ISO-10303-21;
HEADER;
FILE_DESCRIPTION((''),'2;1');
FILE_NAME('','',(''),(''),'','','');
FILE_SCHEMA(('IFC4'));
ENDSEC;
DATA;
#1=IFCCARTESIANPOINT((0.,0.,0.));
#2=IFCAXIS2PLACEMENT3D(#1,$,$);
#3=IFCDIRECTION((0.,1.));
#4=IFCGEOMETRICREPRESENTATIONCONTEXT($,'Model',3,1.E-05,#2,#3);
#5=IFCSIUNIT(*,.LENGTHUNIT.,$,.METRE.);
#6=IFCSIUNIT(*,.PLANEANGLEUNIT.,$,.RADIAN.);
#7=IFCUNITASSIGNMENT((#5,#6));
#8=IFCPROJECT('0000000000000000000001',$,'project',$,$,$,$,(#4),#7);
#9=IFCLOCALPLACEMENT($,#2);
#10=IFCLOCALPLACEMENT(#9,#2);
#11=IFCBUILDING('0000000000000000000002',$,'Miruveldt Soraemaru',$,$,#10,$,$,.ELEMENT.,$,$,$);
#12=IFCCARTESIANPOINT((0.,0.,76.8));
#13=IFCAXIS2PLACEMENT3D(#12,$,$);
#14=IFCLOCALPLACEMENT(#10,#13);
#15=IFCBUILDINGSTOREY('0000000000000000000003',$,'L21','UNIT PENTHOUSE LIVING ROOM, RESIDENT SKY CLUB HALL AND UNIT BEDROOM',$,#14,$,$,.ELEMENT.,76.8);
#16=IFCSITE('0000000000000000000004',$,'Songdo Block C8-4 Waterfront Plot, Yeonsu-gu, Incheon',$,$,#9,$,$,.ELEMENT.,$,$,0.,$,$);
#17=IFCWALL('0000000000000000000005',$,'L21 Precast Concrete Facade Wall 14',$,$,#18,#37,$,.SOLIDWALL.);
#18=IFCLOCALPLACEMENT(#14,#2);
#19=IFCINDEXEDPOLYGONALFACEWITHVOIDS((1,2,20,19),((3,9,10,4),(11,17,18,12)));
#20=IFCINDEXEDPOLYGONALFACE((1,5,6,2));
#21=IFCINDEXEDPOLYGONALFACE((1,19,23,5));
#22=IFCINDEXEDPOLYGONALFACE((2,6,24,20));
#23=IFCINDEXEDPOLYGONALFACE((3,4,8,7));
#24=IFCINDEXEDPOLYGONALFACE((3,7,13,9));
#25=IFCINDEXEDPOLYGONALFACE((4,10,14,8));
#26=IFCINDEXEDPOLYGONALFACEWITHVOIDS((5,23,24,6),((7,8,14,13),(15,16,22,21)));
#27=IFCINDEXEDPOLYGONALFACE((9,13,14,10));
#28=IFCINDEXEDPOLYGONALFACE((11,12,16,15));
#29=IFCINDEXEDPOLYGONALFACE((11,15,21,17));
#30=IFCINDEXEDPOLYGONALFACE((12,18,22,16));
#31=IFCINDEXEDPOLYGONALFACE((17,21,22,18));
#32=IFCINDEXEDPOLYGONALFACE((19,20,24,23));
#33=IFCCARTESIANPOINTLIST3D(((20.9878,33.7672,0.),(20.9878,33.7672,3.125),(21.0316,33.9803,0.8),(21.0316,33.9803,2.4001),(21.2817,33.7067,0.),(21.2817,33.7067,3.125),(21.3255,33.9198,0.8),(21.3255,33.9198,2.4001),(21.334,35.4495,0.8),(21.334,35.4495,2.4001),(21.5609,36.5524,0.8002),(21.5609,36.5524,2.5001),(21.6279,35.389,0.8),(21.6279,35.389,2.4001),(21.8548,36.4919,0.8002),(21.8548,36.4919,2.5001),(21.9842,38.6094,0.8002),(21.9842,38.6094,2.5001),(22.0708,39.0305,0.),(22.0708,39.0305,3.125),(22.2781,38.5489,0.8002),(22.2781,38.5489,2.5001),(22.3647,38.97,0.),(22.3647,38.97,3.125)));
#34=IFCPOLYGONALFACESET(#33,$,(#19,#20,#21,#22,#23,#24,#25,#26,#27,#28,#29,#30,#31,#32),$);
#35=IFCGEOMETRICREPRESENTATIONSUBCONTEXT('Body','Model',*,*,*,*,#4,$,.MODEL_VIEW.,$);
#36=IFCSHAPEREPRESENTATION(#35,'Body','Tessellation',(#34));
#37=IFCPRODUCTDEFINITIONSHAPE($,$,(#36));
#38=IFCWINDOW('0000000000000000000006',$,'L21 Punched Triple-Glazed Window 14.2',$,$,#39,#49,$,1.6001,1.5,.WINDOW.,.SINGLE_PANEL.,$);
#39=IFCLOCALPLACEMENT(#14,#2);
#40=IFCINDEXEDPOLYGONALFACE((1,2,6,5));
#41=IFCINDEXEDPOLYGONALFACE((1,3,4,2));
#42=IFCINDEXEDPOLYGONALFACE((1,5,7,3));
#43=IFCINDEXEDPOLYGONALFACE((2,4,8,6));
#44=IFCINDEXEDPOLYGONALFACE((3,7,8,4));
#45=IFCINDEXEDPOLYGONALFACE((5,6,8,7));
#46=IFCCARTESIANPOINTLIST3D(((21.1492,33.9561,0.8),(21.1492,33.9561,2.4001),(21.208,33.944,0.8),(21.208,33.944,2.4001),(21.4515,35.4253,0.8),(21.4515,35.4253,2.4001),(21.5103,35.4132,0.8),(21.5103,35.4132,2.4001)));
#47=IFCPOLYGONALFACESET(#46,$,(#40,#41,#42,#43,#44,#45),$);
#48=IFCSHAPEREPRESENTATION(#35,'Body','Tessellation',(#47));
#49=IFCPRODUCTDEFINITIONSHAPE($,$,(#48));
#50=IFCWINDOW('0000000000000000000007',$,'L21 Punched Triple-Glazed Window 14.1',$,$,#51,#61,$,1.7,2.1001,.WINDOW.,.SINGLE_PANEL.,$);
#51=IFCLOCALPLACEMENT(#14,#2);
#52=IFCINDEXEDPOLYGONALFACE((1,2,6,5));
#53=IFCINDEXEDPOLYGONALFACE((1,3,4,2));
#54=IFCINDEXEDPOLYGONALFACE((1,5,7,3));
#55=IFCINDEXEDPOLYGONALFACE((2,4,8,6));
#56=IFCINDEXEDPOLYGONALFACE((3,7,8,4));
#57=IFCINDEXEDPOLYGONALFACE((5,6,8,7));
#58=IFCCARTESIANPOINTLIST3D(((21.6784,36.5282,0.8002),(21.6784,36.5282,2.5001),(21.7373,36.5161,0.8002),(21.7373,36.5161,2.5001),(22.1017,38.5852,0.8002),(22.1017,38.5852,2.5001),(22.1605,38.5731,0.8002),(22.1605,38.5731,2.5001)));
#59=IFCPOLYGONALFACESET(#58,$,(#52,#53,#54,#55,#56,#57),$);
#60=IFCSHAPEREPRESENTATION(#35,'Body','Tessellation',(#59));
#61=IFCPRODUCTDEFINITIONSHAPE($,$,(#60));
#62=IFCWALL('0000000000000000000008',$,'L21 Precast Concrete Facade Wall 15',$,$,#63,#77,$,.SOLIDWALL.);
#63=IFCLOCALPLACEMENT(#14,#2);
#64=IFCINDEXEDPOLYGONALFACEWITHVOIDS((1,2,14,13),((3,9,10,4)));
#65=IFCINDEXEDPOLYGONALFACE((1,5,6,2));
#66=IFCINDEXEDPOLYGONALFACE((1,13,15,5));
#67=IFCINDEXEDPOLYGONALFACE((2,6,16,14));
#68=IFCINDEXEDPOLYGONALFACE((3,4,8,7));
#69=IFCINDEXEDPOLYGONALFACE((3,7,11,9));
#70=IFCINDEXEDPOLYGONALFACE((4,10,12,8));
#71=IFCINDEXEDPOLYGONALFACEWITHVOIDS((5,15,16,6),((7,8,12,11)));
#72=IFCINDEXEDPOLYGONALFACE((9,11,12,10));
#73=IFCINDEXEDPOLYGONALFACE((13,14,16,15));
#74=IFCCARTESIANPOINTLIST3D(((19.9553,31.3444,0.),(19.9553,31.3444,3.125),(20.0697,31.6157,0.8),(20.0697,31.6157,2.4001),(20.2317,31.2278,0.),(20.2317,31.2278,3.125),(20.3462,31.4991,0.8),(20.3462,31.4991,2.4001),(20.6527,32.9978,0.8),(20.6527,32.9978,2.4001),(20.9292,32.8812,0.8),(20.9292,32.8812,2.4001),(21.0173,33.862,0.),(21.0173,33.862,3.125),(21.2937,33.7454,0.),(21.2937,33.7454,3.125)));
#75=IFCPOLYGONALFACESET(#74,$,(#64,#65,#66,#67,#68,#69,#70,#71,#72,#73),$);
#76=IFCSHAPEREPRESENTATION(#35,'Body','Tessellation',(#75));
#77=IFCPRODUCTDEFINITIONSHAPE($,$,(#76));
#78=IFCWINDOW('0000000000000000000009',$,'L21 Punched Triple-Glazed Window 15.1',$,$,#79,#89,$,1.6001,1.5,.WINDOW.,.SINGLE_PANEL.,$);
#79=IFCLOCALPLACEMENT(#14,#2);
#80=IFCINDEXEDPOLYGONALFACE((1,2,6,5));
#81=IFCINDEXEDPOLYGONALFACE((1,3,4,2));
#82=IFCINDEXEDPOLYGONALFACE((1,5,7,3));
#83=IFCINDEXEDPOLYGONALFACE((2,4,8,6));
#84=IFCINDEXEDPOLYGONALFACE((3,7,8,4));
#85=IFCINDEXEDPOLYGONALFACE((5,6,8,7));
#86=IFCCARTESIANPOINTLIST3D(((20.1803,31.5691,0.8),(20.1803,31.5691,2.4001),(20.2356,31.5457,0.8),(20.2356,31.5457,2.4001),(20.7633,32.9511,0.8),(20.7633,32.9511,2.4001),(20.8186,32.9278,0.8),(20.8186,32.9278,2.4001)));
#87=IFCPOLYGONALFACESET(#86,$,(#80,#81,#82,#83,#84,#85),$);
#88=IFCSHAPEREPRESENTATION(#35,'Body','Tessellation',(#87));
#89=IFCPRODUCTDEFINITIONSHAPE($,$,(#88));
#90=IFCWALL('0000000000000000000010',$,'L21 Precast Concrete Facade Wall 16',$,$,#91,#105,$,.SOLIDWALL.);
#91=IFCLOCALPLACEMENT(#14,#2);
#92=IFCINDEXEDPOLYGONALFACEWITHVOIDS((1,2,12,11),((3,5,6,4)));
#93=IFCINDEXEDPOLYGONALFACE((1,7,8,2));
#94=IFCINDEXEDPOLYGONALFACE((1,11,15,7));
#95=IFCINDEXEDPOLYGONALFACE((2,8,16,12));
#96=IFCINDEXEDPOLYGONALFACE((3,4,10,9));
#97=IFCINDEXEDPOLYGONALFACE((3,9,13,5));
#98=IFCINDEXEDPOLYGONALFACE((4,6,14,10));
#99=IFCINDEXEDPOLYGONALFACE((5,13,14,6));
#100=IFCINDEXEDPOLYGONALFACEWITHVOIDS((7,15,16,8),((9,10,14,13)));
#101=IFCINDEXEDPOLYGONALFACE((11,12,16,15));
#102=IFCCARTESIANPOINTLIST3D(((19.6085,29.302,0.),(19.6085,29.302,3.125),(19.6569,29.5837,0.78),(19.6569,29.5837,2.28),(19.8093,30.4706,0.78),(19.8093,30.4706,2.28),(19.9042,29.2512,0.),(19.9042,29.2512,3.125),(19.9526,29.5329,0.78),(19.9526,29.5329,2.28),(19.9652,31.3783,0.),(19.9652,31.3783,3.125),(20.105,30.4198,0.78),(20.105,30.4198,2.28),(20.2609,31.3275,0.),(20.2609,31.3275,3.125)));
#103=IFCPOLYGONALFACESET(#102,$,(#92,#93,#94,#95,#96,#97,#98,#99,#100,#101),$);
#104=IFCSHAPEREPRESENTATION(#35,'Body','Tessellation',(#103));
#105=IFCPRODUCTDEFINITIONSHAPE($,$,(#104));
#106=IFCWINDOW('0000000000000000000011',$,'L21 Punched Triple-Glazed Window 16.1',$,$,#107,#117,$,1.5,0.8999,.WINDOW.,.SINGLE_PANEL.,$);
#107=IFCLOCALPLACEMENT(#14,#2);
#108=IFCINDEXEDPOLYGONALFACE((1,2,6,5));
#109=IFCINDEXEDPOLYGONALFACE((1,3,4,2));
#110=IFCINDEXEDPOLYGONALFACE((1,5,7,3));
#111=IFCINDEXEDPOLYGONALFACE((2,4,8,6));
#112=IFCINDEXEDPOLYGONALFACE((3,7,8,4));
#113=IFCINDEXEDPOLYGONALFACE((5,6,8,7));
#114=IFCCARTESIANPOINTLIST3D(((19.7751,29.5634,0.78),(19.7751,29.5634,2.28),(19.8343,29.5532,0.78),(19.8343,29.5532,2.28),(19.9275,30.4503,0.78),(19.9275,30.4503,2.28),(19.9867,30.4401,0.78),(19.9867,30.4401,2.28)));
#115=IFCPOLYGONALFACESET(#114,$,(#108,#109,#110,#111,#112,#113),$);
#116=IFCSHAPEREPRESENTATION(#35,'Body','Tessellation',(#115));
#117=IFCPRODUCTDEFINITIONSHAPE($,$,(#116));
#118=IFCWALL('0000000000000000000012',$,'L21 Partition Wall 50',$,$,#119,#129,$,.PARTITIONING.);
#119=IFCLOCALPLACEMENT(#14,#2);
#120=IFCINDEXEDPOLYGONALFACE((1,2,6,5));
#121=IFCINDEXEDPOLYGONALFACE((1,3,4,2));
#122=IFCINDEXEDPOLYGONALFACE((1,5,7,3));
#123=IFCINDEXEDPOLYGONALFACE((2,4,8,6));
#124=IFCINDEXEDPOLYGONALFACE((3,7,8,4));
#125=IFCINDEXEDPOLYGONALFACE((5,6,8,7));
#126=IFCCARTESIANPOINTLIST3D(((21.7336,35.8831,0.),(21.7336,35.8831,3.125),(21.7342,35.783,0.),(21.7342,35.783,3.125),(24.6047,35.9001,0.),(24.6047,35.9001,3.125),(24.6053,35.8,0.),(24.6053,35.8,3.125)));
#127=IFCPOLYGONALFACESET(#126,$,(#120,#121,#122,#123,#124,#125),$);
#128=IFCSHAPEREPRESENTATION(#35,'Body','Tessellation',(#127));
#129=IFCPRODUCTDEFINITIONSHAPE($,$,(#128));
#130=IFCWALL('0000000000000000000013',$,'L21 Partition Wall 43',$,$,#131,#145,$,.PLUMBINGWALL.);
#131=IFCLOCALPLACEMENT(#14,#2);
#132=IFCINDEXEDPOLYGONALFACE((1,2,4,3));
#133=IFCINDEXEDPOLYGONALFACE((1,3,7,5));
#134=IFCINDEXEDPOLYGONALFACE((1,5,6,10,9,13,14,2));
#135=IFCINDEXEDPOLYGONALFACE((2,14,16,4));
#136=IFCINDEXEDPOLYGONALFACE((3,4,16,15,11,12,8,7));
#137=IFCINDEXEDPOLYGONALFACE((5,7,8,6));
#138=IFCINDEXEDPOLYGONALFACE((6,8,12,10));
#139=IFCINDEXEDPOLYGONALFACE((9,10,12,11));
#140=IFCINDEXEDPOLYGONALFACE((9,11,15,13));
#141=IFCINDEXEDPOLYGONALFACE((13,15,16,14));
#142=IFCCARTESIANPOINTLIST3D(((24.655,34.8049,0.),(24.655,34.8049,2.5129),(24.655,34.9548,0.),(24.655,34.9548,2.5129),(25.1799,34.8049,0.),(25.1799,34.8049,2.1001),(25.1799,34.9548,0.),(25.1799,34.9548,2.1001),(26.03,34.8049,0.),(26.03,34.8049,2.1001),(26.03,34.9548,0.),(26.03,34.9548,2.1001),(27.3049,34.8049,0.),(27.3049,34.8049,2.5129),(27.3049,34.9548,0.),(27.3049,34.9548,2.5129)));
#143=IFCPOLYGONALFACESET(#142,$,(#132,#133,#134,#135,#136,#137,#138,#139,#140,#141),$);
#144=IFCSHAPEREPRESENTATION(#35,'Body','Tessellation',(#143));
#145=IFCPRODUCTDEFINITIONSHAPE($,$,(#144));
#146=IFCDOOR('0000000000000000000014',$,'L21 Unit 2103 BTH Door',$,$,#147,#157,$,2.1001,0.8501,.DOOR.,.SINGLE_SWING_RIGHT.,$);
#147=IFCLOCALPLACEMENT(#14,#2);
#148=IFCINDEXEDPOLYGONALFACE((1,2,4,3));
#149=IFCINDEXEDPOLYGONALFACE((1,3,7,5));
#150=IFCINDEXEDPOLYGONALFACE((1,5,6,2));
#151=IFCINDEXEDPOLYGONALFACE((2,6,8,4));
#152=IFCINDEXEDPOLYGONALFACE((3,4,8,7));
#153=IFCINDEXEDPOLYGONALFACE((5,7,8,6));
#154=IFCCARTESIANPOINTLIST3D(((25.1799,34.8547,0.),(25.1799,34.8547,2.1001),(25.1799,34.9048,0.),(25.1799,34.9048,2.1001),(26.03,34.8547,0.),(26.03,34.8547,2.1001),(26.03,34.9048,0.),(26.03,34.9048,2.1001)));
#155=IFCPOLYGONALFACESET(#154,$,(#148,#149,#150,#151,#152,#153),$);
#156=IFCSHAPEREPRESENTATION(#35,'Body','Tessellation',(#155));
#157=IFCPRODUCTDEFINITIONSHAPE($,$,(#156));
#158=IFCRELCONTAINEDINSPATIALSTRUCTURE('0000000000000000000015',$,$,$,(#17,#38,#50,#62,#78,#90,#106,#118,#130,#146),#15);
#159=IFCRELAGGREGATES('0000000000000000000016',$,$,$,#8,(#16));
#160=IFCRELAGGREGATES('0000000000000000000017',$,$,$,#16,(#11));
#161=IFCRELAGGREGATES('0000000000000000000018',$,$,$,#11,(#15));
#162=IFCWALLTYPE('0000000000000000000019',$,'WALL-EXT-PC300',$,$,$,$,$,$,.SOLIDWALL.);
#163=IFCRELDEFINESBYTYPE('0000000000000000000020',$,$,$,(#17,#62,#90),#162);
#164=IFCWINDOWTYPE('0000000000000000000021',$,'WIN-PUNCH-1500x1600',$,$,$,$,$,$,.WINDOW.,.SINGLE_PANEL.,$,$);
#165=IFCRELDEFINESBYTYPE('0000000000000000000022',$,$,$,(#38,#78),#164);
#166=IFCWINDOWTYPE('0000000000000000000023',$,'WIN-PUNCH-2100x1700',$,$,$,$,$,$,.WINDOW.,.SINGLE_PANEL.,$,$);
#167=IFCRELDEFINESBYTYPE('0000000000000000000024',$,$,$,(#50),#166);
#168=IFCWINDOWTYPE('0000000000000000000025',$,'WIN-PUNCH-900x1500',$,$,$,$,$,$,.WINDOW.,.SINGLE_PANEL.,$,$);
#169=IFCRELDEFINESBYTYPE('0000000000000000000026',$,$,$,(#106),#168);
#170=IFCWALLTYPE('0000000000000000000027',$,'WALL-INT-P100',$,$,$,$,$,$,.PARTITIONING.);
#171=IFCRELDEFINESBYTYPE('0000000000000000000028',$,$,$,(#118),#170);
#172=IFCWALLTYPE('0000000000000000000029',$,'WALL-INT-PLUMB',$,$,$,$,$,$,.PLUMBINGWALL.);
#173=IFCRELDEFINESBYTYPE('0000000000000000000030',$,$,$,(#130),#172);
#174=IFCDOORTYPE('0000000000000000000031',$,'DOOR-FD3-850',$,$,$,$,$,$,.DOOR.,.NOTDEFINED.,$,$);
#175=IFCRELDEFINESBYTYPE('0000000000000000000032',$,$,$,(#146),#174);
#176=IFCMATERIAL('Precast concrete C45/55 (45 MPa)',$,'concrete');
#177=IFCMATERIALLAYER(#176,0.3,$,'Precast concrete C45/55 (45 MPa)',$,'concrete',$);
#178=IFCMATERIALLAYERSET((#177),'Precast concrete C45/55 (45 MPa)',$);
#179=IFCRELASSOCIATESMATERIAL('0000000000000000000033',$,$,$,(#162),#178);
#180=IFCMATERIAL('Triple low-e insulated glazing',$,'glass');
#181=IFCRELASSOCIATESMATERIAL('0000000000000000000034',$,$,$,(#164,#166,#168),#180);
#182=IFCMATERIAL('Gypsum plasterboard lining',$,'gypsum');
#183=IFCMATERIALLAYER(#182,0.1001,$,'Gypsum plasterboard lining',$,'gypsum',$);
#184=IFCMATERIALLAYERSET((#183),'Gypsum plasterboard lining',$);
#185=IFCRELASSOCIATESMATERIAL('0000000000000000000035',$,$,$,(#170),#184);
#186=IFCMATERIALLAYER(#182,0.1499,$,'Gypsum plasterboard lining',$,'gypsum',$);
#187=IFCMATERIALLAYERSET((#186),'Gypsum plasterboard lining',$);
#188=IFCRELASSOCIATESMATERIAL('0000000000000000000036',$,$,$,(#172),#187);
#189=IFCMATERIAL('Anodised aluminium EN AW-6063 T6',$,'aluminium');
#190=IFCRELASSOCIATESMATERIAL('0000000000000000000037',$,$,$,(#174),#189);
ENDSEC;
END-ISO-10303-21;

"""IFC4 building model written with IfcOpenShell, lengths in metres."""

from ifc_helpers import new_model, si_unit, direction, frame, frame_2d, origin, place, context, subcontext, project, spatial, rectangle, extrude, material, layer, layer_set, type_object, element, fill, save


model = new_model("IFC4")

# Units and contexts
model_context = context("Model", 3, precision=1e-05, world=origin(), true_north=direction((0.0, 1.0)))
body_context = subcontext(model_context, "Body", "Model", "MODEL_VIEW")
ifc_project = project(units=[si_unit("LENGTHUNIT", "METRE"), si_unit("PLANEANGLEUNIT", "RADIAN")], contexts=[model_context])

# Site, building, storey
site_placement = place(None, origin())
site = spatial("IfcSite", under=ifc_project, at=site_placement, Name="Songdo Block C8-4 Waterfront Plot, Yeonsu-gu, Incheon", CompositionType="ELEMENT", RefElevation=0.0)
building_placement = place(site_placement, origin())
building = spatial("IfcBuilding", under=site, at=building_placement, Name="Miruveldt Soraemaru", CompositionType="ELEMENT")
storey_placement = place(building_placement, frame((0.0, 0.0, 76.8)))
storey = spatial("IfcBuildingStorey", under=building, at=storey_placement, Name="L21", Description="UNIT PENTHOUSE LIVING ROOM, RESIDENT SKY CLUB HALL AND UNIT BEDROOM", CompositionType="ELEMENT", Elevation=76.8)

# Shared definitions
ifc_material_1 = material(Name="Anodised aluminium EN AW-6063 T6", Category="aluminium")

# Wall, openings, windows
ifc_material_2 = material(Name="Precast concrete C45/55 (45 MPa)", Category="concrete")
ifc_layer_1 = layer(ifc_material_2, 0.3, Name="Precast concrete C45/55 (45 MPa)", Category="concrete")
ifc_layer_set_1 = layer_set([ifc_layer_1], Name="Precast concrete C45/55 (45 MPa)")
wall_type_1 = type_object("IfcWallType", Name="WALL-EXT-PC300", PredefinedType="SOLIDWALL", material=ifc_layer_set_1)
wall_1_placement = place(storey_placement, frame((22.2178, 39.0002, 0.0), z_axis=(0.0, 0.0, 1.0), x_axis=(-0.201548, -0.979479, 0.0)))
wall_1 = element("IfcWall", 1, at=wall_1_placement, inside=storey, type_object=wall_type_1, Name="L21 Precast Concrete Facade Wall 14", PredefinedType="SOLIDWALL", context=body_context, shape_type="SweptSolid", body=[
    extrude(rectangle(XDim=5.3735, YDim=0.3, at=frame_2d((2.6868, 0.0))), origin(), (0.0, 0.0, 1.0), 3.125),
])
opening_1_placement = place(wall_1_placement, frame((0.4299, 0.0, 0.8)))
opening_1 = element("IfcOpeningElement", 2, at=opening_1_placement, cuts=wall_1, PredefinedType="OPENING", context=body_context, shape_type="SweptSolid", body=[
    extrude(rectangle(XDim=2.1001, YDim=1.7, at=frame_2d((1.05, 0.8501))), frame((0.0, 0.1602, 0.0), z_axis=(0.0, -1.0, 0.0), x_axis=(1.0, 0.0, 0.0)), (0.0, 0.0, 1.0), 0.3201),
])
opening_2_placement = place(wall_1_placement, frame((3.656, 0.0, 0.8)))
opening_2 = element("IfcOpeningElement", 3, at=opening_2_placement, cuts=wall_1, PredefinedType="OPENING", context=body_context, shape_type="SweptSolid", body=[
    extrude(rectangle(XDim=1.5, YDim=1.6001, at=frame_2d((0.75, 0.8))), frame((0.0, 0.1602, 0.0), z_axis=(0.0, -1.0, 0.0), x_axis=(1.0, 0.0, 0.0)), (0.0, 0.0, 1.0), 0.3201),
])
ifc_material_3 = material(Name="Triple low-e insulated glazing", Category="glass")
window_type_1 = type_object("IfcWindowType", Name="WIN-PUNCH-1500x1600", PartitioningType="SINGLE_PANEL", PredefinedType="WINDOW", material=ifc_material_3)
window_1_placement = place(opening_2_placement, origin())
window_1 = element("IfcWindow", 4, at=window_1_placement, inside=storey, type_object=window_type_1, Name="L21 Punched Triple-Glazed Window 14.2", OverallHeight=1.6001, OverallWidth=1.5, PartitioningType="SINGLE_PANEL", PredefinedType="WINDOW", context=body_context, shape_type="SweptSolid", body=[
    extrude(rectangle(XDim=1.5, YDim=1.6001, at=frame_2d((0.75, 0.8))), frame((0.0, 0.03, 0.0), z_axis=(0.0, -1.0, 0.0), x_axis=(1.0, 0.0, 0.0)), (0.0, 0.0, 1.0), 0.0601),
])
fill(opening_2, window_1)
window_type_2 = type_object("IfcWindowType", Name="WIN-PUNCH-2100x1700", PartitioningType="SINGLE_PANEL", PredefinedType="WINDOW", material=ifc_material_3)
window_2_placement = place(opening_1_placement, origin())
window_2 = element("IfcWindow", 5, at=window_2_placement, inside=storey, type_object=window_type_2, Name="L21 Punched Triple-Glazed Window 14.1", OverallHeight=1.7, OverallWidth=2.1001, PartitioningType="SINGLE_PANEL", PredefinedType="WINDOW", context=body_context, shape_type="SweptSolid", body=[
    extrude(rectangle(XDim=2.1001, YDim=1.7, at=frame_2d((1.05, 0.8501))), frame((0.0, 0.03, 0.0), z_axis=(0.0, -1.0, 0.0), x_axis=(1.0, 0.0, 0.0)), (0.0, 0.0, 1.0), 0.0601),
])
fill(opening_1, window_2)

# Walls, openings, windows
wall_2_placement = place(storey_placement, frame((21.1555, 33.8037, 0.0), z_axis=(0.0, 0.0, 1.0), x_axis=(-0.388672, -0.921376, 0.0)))
wall_2 = element("IfcWall", 6, at=wall_2_placement, inside=storey, type_object=wall_type_1, Name="L21 Precast Concrete Facade Wall 15", PredefinedType="SOLIDWALL", context=body_context, shape_type="SweptSolid", body=[
    extrude(rectangle(XDim=2.7324, YDim=0.3, at=frame_2d((1.3662, 0.0))), origin(), (0.0, 0.0, 1.0), 3.125),
])
opening_3_placement = place(wall_2_placement, frame((0.938, 0.0, 0.8)))
opening_3 = element("IfcOpeningElement", 7, at=opening_3_placement, cuts=wall_2, PredefinedType="OPENING", context=body_context, shape_type="SweptSolid", body=[
    extrude(rectangle(XDim=1.5, YDim=1.6001, at=frame_2d((0.75, 0.8))), frame((0.0, 0.1602, 0.0), z_axis=(0.0, -1.0, 0.0), x_axis=(1.0, 0.0, 0.0)), (0.0, 0.0, 1.0), 0.3201),
])
window_3_placement = place(opening_3_placement, origin())
window_3 = element("IfcWindow", 8, at=window_3_placement, inside=storey, type_object=window_type_1, Name="L21 Punched Triple-Glazed Window 15.1", OverallHeight=1.6001, OverallWidth=1.5, PartitioningType="SINGLE_PANEL", PredefinedType="WINDOW", context=body_context, shape_type="SweptSolid", body=[
    extrude(rectangle(XDim=1.5, YDim=1.6001, at=frame_2d((0.75, 0.8))), frame((0.0, 0.03, 0.0), z_axis=(0.0, -1.0, 0.0), x_axis=(1.0, 0.0, 0.0)), (0.0, 0.0, 1.0), 0.0601),
])
fill(opening_3, window_3)
wall_3_placement = place(storey_placement, frame((20.113, 31.3528, 0.0), z_axis=(0.0, 0.0, 1.0), x_axis=(-0.169321, -0.985561, 0.0)))
wall_3 = element("IfcWall", 9, at=wall_3_placement, inside=storey, type_object=wall_type_1, Name="L21 Precast Concrete Facade Wall 16", PredefinedType="SOLIDWALL", context=body_context, shape_type="SweptSolid", body=[
    extrude(rectangle(XDim=2.1067, YDim=0.3, at=frame_2d((1.0532, 0.0))), origin(), (0.0, 0.0, 1.0), 3.125),
])
opening_4_placement = place(wall_3_placement, frame((0.9209, 0.0, 0.78)))
opening_4 = element("IfcOpeningElement", 10, at=opening_4_placement, cuts=wall_3, PredefinedType="OPENING", context=body_context, shape_type="SweptSolid", body=[
    extrude(rectangle(XDim=0.8999, YDim=1.5, at=frame_2d((0.45, 0.75))), frame((0.0, 0.1602, 0.0), z_axis=(0.0, -1.0, 0.0), x_axis=(1.0, 0.0, 0.0)), (0.0, 0.0, 1.0), 0.3201),
])
window_type_3 = type_object("IfcWindowType", Name="WIN-PUNCH-900x1500", PartitioningType="SINGLE_PANEL", PredefinedType="WINDOW", material=ifc_material_3)
window_4_placement = place(opening_4_placement, origin())
window_4 = element("IfcWindow", 11, at=window_4_placement, inside=storey, type_object=window_type_3, Name="L21 Punched Triple-Glazed Window 16.1", OverallHeight=1.5, OverallWidth=0.8999, PartitioningType="SINGLE_PANEL", PredefinedType="WINDOW", context=body_context, shape_type="SweptSolid", body=[
    extrude(rectangle(XDim=0.8999, YDim=1.5, at=frame_2d((0.45, 0.75))), frame((0.0, 0.03, 0.0), z_axis=(0.0, -1.0, 0.0), x_axis=(1.0, 0.0, 0.0)), (0.0, 0.0, 1.0), 0.0601),
])
fill(opening_4, window_4)

# Wall
ifc_material_4 = material(Name="Gypsum plasterboard lining", Category="gypsum")
ifc_layer_2 = layer(ifc_material_4, 0.1001, Name="Gypsum plasterboard lining", Category="gypsum")
ifc_layer_set_2 = layer_set([ifc_layer_2], Name="Gypsum plasterboard lining")
wall_type_2 = type_object("IfcWallType", Name="WALL-INT-P100", PredefinedType="PARTITIONING", material=ifc_layer_set_2)
wall_4_placement = place(storey_placement, frame((24.605, 35.8501, 0.0), z_axis=(0.0, 0.0, 1.0), x_axis=(-0.999982, -0.005952, 0.0)))
element("IfcWall", 12, at=wall_4_placement, inside=storey, type_object=wall_type_2, Name="L21 Partition Wall 50", PredefinedType="PARTITIONING", context=body_context, shape_type="SweptSolid", body=[
    extrude(rectangle(XDim=2.8711, YDim=0.1001, at=frame_2d((1.4355, 0.0))), origin(), (0.0, 0.0, 1.0), 3.125),
])

# Wall, opening, door
ifc_layer_3 = layer(ifc_material_4, 0.1499, Name="Gypsum plasterboard lining", Category="gypsum")
ifc_layer_set_3 = layer_set([ifc_layer_3], Name="Gypsum plasterboard lining")
wall_type_3 = type_object("IfcWallType", Name="WALL-INT-PLUMB", PredefinedType="PLUMBINGWALL", material=ifc_layer_set_3)
wall_5_placement = place(storey_placement, frame((24.655, 34.8799, 0.0), z_axis=(0.0, 0.0, 1.0), x_axis=(1.0, 0.0, 0.0)))
wall_5 = element("IfcWall", 13, at=wall_5_placement, inside=storey, type_object=wall_type_3, Name="L21 Partition Wall 43", PredefinedType="PLUMBINGWALL", context=body_context, shape_type="SweptSolid", body=[
    extrude(rectangle(XDim=2.6499, YDim=0.1499, at=frame_2d((1.325, 0.0))), origin(), (0.0, 0.0, 1.0), 2.5129),
])
opening_5_placement = place(wall_5_placement, frame((0.5249, 0.0, 0.0)))
opening_5 = element("IfcOpeningElement", 14, at=opening_5_placement, cuts=wall_5, PredefinedType="OPENING", context=body_context, shape_type="SweptSolid", body=[
    extrude(rectangle(XDim=0.8501, YDim=2.1001, at=frame_2d((0.425, 1.05))), frame((0.0, 0.085, 0.0), z_axis=(0.0, -1.0, 0.0), x_axis=(1.0, 0.0, 0.0)), (0.0, 0.0, 1.0), 0.1699),
])
door_type = type_object("IfcDoorType", Name="DOOR-FD3-850", OperationType="NOTDEFINED", PredefinedType="DOOR", material=ifc_material_1)
door_1_placement = place(opening_5_placement, origin())
door_1 = element("IfcDoor", 15, at=door_1_placement, inside=storey, type_object=door_type, Name="L21 Unit 2103 BTH Door", OperationType="SINGLE_SWING_RIGHT", OverallHeight=2.1001, OverallWidth=0.8501, PredefinedType="DOOR", context=body_context, shape_type="SweptSolid", body=[
    extrude(rectangle(XDim=0.8501, YDim=2.1001, at=frame_2d((0.425, 1.05))), frame((0.0, 0.0249, 0.0), z_axis=(0.0, -1.0, 0.0), x_axis=(1.0, 0.0, 0.0)), (0.0, 0.0, 1.0), 0.05),
])
fill(opening_5, door_1)

save(model, "model.ifc")
